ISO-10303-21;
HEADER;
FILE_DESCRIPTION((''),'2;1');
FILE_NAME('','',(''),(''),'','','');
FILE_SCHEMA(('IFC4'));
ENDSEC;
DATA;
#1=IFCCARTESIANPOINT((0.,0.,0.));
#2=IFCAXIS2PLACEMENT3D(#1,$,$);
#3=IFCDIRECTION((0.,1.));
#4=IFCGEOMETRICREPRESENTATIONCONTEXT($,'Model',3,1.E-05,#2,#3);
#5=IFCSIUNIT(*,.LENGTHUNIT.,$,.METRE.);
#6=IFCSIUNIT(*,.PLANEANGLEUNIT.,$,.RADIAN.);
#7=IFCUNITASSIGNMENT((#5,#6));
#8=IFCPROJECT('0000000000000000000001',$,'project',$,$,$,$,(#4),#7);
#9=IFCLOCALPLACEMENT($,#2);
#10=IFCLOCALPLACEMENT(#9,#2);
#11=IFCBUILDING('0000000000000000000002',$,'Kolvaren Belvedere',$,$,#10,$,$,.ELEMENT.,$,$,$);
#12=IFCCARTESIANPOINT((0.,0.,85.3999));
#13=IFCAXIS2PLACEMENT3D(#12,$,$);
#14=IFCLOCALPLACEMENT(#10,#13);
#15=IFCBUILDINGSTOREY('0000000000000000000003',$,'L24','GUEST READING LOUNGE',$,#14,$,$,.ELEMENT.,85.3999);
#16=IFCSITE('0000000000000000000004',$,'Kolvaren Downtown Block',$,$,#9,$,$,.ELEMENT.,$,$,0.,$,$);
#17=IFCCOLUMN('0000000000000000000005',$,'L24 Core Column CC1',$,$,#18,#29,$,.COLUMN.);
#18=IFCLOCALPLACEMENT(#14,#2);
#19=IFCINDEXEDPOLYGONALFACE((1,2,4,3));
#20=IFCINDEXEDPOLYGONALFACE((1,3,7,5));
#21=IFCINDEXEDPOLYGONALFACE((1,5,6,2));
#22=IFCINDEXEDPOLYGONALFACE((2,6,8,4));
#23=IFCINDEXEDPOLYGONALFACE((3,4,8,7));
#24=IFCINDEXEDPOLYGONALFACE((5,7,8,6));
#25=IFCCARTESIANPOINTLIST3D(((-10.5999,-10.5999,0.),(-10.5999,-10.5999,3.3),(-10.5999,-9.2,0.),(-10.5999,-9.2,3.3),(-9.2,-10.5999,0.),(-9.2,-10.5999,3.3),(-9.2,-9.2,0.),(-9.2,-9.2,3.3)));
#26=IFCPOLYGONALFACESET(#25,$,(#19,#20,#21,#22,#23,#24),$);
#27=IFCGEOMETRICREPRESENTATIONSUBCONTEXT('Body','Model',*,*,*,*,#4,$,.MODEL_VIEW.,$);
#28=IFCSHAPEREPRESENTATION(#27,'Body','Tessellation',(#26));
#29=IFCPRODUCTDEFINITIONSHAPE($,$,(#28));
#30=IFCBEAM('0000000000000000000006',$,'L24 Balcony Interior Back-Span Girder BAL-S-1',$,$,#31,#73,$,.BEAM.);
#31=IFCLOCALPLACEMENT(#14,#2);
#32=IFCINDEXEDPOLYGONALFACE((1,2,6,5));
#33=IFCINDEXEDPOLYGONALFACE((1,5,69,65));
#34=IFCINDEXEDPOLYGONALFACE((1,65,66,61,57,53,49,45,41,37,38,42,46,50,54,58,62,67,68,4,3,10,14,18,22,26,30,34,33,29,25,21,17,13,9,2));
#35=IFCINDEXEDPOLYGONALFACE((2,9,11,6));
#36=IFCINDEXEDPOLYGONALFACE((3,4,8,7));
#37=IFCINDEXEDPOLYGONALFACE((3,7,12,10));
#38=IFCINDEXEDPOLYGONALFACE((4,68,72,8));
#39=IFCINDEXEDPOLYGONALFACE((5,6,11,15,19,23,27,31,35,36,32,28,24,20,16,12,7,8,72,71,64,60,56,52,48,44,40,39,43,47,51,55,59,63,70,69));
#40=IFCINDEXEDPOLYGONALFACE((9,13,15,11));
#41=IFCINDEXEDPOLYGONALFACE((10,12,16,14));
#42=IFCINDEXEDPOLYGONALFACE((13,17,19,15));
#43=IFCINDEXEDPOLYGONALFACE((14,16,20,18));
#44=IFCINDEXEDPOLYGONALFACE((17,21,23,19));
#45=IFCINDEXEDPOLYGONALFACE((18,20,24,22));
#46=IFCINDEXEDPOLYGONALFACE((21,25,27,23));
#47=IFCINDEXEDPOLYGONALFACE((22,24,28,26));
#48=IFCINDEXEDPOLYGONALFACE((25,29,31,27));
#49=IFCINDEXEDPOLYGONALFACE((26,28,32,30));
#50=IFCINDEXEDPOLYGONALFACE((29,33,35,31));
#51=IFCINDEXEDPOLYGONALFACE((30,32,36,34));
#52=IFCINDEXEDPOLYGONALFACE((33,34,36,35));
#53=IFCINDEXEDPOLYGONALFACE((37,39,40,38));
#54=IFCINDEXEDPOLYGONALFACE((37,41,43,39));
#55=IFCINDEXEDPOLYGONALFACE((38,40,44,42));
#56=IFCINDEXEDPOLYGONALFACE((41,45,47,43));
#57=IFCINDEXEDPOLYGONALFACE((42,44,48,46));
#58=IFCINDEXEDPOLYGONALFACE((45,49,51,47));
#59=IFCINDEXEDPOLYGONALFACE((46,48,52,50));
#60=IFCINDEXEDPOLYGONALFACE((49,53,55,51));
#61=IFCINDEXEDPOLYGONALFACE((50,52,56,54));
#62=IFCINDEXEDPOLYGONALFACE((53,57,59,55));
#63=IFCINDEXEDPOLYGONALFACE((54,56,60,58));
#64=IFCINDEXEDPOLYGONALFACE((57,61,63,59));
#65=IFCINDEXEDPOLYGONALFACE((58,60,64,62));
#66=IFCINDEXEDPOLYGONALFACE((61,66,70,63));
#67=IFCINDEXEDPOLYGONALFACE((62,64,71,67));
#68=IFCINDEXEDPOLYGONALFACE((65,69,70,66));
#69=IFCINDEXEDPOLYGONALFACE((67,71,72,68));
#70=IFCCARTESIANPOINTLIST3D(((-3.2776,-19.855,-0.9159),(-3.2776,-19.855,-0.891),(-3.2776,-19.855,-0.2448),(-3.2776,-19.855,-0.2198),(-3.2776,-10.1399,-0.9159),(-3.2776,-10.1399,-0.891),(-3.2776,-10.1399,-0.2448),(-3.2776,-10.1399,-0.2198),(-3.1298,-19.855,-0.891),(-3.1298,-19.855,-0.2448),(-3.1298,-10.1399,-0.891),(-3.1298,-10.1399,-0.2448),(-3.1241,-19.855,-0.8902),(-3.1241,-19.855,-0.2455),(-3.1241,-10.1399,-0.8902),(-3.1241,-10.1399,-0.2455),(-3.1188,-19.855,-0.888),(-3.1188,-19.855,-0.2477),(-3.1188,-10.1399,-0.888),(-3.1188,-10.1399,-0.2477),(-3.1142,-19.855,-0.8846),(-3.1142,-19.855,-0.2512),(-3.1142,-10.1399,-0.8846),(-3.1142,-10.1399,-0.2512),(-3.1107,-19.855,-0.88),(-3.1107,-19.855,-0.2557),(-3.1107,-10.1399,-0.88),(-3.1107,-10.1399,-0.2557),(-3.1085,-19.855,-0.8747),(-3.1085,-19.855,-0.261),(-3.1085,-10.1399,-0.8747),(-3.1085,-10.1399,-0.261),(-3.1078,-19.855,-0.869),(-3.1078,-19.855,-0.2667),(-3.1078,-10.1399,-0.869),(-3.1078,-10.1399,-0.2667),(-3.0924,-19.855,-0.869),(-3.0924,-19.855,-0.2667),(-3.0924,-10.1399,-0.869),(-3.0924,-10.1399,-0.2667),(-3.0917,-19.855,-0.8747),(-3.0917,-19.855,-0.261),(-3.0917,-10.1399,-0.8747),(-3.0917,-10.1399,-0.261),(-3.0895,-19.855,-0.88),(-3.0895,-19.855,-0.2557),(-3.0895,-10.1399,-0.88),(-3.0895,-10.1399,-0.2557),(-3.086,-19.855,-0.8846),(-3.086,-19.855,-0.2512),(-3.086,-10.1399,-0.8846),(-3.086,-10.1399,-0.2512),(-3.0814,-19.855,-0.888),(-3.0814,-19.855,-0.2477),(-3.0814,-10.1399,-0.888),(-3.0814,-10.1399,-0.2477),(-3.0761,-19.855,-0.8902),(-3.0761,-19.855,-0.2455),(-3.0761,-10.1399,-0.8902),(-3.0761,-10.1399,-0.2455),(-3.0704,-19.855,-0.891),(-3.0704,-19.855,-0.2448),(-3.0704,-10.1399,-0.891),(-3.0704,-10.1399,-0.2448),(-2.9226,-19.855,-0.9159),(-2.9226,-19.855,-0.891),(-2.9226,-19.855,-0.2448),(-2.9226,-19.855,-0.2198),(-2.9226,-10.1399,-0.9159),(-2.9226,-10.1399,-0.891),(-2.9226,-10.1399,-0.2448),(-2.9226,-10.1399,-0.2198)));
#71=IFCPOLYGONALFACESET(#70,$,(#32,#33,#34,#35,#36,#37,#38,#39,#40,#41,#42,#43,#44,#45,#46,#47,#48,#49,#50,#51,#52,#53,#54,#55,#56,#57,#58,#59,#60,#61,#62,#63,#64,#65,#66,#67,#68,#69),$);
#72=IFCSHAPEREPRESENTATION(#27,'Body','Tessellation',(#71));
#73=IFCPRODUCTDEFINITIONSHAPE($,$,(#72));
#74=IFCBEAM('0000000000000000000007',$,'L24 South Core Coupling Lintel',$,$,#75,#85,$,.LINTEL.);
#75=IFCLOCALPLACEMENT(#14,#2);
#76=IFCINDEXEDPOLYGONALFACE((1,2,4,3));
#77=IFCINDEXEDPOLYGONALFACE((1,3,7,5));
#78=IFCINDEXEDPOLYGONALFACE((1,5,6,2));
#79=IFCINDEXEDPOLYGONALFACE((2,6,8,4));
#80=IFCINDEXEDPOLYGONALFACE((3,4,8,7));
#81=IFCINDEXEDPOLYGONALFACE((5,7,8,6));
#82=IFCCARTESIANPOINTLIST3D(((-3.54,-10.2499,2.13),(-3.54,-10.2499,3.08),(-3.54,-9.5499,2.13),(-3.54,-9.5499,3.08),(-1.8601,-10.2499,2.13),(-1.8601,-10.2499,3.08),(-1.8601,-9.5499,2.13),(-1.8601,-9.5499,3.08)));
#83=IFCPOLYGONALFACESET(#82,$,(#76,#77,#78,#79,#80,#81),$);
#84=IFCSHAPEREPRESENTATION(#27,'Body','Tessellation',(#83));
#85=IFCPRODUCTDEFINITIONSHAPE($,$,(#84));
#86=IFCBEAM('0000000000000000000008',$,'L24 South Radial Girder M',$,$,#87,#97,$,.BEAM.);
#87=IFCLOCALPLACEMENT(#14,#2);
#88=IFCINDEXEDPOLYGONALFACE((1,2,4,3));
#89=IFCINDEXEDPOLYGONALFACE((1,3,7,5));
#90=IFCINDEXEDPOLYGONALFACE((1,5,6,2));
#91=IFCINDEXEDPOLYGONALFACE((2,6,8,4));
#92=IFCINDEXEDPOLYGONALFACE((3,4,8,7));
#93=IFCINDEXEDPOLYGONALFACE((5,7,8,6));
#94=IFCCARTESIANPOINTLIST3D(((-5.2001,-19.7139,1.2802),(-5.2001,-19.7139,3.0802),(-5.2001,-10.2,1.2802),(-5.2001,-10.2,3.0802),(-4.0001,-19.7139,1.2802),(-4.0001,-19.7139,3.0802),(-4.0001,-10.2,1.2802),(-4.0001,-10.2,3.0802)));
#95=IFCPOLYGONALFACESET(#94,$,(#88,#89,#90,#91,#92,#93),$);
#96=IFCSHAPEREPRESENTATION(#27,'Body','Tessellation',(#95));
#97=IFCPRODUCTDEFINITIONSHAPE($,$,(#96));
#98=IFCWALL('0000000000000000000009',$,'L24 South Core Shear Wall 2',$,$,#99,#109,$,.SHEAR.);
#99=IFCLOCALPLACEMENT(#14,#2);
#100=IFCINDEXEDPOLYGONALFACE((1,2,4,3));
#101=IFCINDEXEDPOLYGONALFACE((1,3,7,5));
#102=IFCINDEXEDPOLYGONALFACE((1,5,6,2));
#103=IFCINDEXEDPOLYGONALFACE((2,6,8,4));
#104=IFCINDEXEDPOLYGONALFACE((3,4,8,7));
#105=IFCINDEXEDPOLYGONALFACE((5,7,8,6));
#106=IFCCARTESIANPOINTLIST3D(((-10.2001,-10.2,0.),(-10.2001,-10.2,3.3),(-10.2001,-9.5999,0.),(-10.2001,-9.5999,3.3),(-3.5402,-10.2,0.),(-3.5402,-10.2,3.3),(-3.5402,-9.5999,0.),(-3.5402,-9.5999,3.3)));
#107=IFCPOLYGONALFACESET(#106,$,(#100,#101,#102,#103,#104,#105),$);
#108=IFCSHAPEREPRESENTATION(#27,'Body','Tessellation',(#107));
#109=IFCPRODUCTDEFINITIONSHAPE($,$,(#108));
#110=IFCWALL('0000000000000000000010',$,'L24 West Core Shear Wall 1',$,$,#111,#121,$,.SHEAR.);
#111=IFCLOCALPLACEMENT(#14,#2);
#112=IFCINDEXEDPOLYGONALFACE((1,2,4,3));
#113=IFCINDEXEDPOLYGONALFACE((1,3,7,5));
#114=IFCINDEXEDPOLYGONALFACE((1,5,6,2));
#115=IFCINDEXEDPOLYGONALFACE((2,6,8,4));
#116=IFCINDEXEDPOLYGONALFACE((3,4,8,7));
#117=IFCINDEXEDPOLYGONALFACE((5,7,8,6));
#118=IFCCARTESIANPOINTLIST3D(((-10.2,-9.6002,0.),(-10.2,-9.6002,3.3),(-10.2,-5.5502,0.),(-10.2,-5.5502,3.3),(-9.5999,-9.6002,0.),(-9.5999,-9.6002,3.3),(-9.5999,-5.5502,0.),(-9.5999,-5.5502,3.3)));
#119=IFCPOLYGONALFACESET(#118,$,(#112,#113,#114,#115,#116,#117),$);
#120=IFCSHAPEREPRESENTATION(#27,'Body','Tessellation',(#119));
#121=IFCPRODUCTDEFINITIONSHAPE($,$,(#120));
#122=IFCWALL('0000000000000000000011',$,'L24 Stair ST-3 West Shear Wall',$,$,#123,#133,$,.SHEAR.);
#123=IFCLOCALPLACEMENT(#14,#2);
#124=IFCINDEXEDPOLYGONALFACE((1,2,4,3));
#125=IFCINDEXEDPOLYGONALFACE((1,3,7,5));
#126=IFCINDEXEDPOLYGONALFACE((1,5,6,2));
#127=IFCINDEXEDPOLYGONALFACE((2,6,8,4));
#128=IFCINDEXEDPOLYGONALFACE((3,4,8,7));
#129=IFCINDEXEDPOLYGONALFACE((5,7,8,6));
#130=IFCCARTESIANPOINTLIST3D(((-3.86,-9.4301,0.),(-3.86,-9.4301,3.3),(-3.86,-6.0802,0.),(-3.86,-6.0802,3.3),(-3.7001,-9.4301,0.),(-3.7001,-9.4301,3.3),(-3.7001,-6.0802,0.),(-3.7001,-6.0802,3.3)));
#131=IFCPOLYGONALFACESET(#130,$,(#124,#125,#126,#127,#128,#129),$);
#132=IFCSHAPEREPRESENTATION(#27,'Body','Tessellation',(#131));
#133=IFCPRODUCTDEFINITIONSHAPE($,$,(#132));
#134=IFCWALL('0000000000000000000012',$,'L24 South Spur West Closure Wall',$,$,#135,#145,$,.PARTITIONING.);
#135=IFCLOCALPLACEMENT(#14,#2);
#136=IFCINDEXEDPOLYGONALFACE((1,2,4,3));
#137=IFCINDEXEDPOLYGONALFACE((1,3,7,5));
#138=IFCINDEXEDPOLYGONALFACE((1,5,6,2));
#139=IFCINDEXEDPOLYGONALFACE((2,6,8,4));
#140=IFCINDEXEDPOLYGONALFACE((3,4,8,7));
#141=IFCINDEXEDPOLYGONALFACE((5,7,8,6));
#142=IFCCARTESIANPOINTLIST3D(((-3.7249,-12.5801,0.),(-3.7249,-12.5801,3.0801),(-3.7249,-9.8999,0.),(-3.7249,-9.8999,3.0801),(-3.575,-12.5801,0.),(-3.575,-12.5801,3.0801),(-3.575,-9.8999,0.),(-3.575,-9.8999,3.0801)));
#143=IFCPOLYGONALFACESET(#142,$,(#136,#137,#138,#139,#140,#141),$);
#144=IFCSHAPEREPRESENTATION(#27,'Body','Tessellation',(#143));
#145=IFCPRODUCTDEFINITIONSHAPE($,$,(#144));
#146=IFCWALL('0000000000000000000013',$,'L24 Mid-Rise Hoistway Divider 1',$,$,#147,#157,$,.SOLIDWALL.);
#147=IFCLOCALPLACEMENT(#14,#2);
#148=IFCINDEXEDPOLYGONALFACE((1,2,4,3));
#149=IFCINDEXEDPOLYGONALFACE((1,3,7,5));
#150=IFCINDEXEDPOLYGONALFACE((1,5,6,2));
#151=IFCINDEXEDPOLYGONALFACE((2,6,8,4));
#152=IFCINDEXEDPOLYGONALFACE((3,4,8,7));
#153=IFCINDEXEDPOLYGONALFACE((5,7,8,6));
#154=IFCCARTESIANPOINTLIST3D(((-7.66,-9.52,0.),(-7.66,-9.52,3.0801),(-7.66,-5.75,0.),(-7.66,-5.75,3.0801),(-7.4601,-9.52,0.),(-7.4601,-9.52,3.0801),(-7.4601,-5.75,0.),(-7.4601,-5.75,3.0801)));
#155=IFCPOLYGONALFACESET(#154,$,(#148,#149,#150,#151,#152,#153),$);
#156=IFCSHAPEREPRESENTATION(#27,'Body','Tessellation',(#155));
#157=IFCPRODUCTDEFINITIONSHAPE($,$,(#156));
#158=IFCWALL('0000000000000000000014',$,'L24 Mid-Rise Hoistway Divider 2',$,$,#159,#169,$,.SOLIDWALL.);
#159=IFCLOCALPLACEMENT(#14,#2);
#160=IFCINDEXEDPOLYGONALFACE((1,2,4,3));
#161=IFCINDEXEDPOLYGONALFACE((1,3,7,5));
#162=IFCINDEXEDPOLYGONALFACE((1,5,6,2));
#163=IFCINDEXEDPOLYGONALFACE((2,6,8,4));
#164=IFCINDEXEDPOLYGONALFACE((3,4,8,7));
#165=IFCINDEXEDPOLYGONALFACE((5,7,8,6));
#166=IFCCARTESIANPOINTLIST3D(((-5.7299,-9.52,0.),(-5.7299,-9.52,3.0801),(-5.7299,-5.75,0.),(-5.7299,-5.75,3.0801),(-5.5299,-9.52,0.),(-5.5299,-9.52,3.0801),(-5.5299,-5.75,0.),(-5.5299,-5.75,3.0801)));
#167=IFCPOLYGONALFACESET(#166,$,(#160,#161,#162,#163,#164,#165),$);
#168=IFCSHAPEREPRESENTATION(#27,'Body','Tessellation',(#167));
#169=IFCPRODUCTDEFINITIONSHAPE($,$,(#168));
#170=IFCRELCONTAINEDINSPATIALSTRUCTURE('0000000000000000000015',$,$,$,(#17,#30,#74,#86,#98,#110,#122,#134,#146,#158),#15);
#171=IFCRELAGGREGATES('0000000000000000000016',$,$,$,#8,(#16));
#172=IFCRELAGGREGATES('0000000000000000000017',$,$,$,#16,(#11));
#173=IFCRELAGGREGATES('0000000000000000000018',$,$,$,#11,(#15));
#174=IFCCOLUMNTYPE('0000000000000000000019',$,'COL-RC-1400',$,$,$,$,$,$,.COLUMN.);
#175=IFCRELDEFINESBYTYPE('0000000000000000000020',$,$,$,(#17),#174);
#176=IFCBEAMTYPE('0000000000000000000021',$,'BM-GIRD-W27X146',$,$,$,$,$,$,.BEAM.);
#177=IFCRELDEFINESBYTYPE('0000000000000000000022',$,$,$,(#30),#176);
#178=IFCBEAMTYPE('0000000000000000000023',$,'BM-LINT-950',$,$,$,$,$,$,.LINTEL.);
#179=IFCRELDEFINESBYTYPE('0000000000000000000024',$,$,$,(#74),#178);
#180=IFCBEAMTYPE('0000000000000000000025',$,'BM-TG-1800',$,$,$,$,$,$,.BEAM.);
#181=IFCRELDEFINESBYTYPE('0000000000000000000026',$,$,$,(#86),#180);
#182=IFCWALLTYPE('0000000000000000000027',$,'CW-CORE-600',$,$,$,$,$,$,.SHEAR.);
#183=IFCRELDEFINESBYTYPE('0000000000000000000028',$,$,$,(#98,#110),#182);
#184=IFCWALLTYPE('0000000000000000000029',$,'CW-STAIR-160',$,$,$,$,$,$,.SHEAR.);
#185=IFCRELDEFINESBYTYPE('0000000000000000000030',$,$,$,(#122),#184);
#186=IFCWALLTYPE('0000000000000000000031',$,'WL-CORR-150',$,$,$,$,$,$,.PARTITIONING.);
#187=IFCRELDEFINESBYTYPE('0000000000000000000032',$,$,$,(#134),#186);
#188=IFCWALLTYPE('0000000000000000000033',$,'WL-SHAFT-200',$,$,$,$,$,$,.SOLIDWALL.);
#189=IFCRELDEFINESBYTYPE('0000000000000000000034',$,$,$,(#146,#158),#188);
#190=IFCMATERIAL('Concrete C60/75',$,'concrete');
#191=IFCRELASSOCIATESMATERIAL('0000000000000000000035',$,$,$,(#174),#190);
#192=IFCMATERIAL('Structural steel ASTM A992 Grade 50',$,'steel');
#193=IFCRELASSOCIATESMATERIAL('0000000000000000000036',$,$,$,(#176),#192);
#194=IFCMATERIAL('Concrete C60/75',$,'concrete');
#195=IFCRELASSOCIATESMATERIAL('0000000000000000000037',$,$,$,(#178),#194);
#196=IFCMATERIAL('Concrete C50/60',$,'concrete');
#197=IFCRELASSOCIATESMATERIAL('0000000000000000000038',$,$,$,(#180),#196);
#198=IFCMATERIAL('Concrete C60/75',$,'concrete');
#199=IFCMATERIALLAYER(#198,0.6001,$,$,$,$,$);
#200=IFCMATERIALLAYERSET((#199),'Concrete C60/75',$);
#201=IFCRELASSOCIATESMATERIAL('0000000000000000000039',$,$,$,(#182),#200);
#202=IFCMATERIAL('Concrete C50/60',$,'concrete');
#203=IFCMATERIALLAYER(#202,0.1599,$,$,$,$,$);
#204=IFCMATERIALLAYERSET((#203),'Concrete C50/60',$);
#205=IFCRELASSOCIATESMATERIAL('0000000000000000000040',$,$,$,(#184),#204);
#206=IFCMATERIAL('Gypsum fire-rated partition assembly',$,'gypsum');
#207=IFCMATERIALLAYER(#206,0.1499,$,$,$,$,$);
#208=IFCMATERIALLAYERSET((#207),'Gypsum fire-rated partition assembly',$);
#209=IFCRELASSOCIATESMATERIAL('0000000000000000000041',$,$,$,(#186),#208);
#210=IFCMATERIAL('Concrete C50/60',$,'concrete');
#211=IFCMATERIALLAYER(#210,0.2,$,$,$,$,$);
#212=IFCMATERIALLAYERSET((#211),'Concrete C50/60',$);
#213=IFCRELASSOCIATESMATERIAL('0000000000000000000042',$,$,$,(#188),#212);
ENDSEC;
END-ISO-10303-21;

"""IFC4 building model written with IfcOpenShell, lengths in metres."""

from ifc_helpers import new_model, si_unit, direction, frame, frame_2d, origin, origin_2d, place, context, subcontext, project, spatial, rectangle, i_section, extrude, material, layer, layer_set, material_profile, profile_set, type_object, element, save


model = new_model("IFC4")

# Units and contexts
model_context = context("Model", 3, precision=1e-05, world=origin(), true_north=direction((0.0, 1.0)))
body_context = subcontext(model_context, "Body", "Model", "MODEL_VIEW")
ifc_project = project(units=[si_unit("LENGTHUNIT", "METRE"), si_unit("PLANEANGLEUNIT", "RADIAN")], contexts=[model_context])

# Site, building, storey
site_placement = place(None, origin())
site = spatial("IfcSite", under=ifc_project, at=site_placement, Name="Kolvaren Downtown Block", CompositionType="ELEMENT", RefElevation=0.0)
building_placement = place(site_placement, origin())
building = spatial("IfcBuilding", under=site, at=building_placement, Name="Kolvaren Belvedere", CompositionType="ELEMENT")
storey_placement = place(building_placement, frame((0.0, 0.0, 85.3999)))
storey = spatial("IfcBuildingStorey", under=building, at=storey_placement, Name="L24", Description="GUEST READING LOUNGE", CompositionType="ELEMENT", Elevation=85.3999)

# Column
ifc_material_1 = material(Name="Concrete C60/75", Category="concrete")
ifc_material_profile_1 = material_profile(ifc_material_1, rectangle(XDim=1.3999, YDim=1.3999, at=origin_2d()), Name="RC 1400X1400")
ifc_profile_set_1 = profile_set([ifc_material_profile_1], Name="Concrete C60/75")
column_type = type_object("IfcColumnType", Name="COL-RC-1400", PredefinedType="COLUMN", material=ifc_profile_set_1)
column_placement = place(storey_placement, frame((-9.8999, -9.8999, 0.0), z_axis=(0.0, 0.0, 1.0), x_axis=(1.0, 0.0, 0.0)))
element("IfcColumn", 1, at=column_placement, inside=storey, type_object=column_type, Name="L24 Core Column CC1", PredefinedType="COLUMN", context=body_context, shape_type="SweptSolid", body=[
    extrude(rectangle(XDim=1.3999, YDim=1.3999, at=origin_2d()), origin(), (0.0, 0.0, 1.0), 3.3),
])

# Beams
ifc_material_2 = material(Name="Structural steel ASTM A992 Grade 50", Category="steel")
ifc_material_profile_2 = material_profile(ifc_material_2, i_section(OverallWidth=0.355, OverallDepth=0.696, WebThickness=0.0154, FlangeThickness=0.0249, FilletRadius=0.022, at=origin_2d()), Name="W27X146")
ifc_profile_set_2 = profile_set([ifc_material_profile_2], Name="Structural steel ASTM A992 Grade 50")
beam_type_1 = type_object("IfcBeamType", Name="BM-GIRD-W27X146", PredefinedType="BEAM", material=ifc_profile_set_2)
beam_1_placement = place(storey_placement, frame((-3.1001, -10.1399, -0.5679), z_axis=(0.0, -1.0, 0.0), x_axis=(1.0, 0.0, 0.0)))
element("IfcBeam", 2, at=beam_1_placement, inside=storey, type_object=beam_type_1, Name="L24 Balcony Interior Back-Span Girder BAL-S-1", PredefinedType="BEAM", context=body_context, shape_type="SweptSolid", body=[
    extrude(i_section(OverallWidth=0.355, OverallDepth=0.696, WebThickness=0.0154, FlangeThickness=0.0249, FilletRadius=0.022, at=origin_2d()), origin(), (0.0, 0.0, 1.0), 9.7151),
])
ifc_material_3 = material(Name="Concrete C60/75", Category="concrete")
ifc_material_profile_3 = material_profile(ifc_material_3, rectangle(XDim=0.7, YDim=0.95, at=origin_2d()), Name="RC 700X950")
ifc_profile_set_3 = profile_set([ifc_material_profile_3], Name="Concrete C60/75")
beam_type_2 = type_object("IfcBeamType", Name="BM-LINT-950", PredefinedType="LINTEL", material=ifc_profile_set_3)
beam_2_placement = place(storey_placement, frame((-3.54, -9.8999, 2.605), z_axis=(1.0, 0.0, 0.0), x_axis=(0.0, 1.0, 0.0)))
element("IfcBeam", 3, at=beam_2_placement, inside=storey, type_object=beam_type_2, Name="L24 South Core Coupling Lintel", PredefinedType="LINTEL", context=body_context, shape_type="SweptSolid", body=[
    extrude(rectangle(XDim=0.7, YDim=0.95, at=origin_2d()), origin(), (0.0, 0.0, 1.0), 1.6799),
])
ifc_material_4 = material(Name="Concrete C50/60", Category="concrete")
ifc_material_profile_4 = material_profile(ifc_material_4, rectangle(XDim=1.2, YDim=1.8, at=origin_2d()), Name="RC 1200X1800")
ifc_profile_set_4 = profile_set([ifc_material_profile_4], Name="Concrete C50/60")
beam_type_3 = type_object("IfcBeamType", Name="BM-TG-1800", PredefinedType="BEAM", material=ifc_profile_set_4)
beam_3_placement = place(storey_placement, frame((-4.6001, -10.2, 2.1802), z_axis=(0.0, -1.0, 0.0), x_axis=(1.0, 0.0, 0.0)))
element("IfcBeam", 4, at=beam_3_placement, inside=storey, type_object=beam_type_3, Name="L24 South Radial Girder M", PredefinedType="BEAM", context=body_context, shape_type="SweptSolid", body=[
    extrude(rectangle(XDim=1.2, YDim=1.8, at=origin_2d()), origin(), (0.0, 0.0, 1.0), 9.5139),
])

# Walls
ifc_material_5 = material(Name="Concrete C60/75", Category="concrete")
ifc_layer_1 = layer(ifc_material_5, 0.6001)
ifc_layer_set_1 = layer_set([ifc_layer_1], Name="Concrete C60/75")
wall_type_1 = type_object("IfcWallType", Name="CW-CORE-600", PredefinedType="SHEAR", material=ifc_layer_set_1)
wall_1_placement = place(storey_placement, frame((-3.54, -9.8999, 0.0), z_axis=(0.0, 0.0, 1.0), x_axis=(-1.0, 0.0, 0.0)))
element("IfcWall", 5, at=wall_1_placement, inside=storey, type_object=wall_type_1, Name="L24 South Core Shear Wall 2", PredefinedType="SHEAR", context=body_context, shape_type="SweptSolid", body=[
    extrude(rectangle(XDim=6.6599, YDim=0.6001, at=frame_2d((3.3301, 0.0))), origin(), (0.0, 0.0, 1.0), 3.3),
])
wall_2_placement = place(storey_placement, frame((-9.8999, -9.6001, 0.0), z_axis=(0.0, 0.0, 1.0), x_axis=(0.0, 1.0, 0.0)))
element("IfcWall", 6, at=wall_2_placement, inside=storey, type_object=wall_type_1, Name="L24 West Core Shear Wall 1", PredefinedType="SHEAR", context=body_context, shape_type="SweptSolid", body=[
    extrude(rectangle(XDim=4.05, YDim=0.6001, at=frame_2d((2.0249, 0.0))), origin(), (0.0, 0.0, 1.0), 3.3),
])
ifc_material_6 = material(Name="Concrete C50/60", Category="concrete")
ifc_layer_2 = layer(ifc_material_6, 0.1599)
ifc_layer_set_2 = layer_set([ifc_layer_2], Name="Concrete C50/60")
wall_type_2 = type_object("IfcWallType", Name="CW-STAIR-160", PredefinedType="SHEAR", material=ifc_layer_set_2)
wall_3_placement = place(storey_placement, frame((-3.78, -9.4299, 0.0), z_axis=(0.0, 0.0, 1.0), x_axis=(0.0, 1.0, 0.0)))
element("IfcWall", 7, at=wall_3_placement, inside=storey, type_object=wall_type_2, Name="L24 Stair ST-3 West Shear Wall", PredefinedType="SHEAR", context=body_context, shape_type="SweptSolid", body=[
    extrude(rectangle(XDim=3.3499, YDim=0.1599, at=frame_2d((1.6748, 0.0))), origin(), (0.0, 0.0, 1.0), 3.3),
])
ifc_material_7 = material(Name="Gypsum fire-rated partition assembly", Category="gypsum")
ifc_layer_3 = layer(ifc_material_7, 0.1499)
ifc_layer_set_3 = layer_set([ifc_layer_3], Name="Gypsum fire-rated partition assembly")
wall_type_3 = type_object("IfcWallType", Name="WL-CORR-150", PredefinedType="PARTITIONING", material=ifc_layer_set_3)
wall_4_placement = place(storey_placement, frame((-3.6499, -12.5801, 0.0), z_axis=(0.0, 0.0, 1.0), x_axis=(0.0, 1.0, 0.0)))
element("IfcWall", 8, at=wall_4_placement, inside=storey, type_object=wall_type_3, Name="L24 South Spur West Closure Wall", PredefinedType="PARTITIONING", context=body_context, shape_type="SweptSolid", body=[
    extrude(rectangle(XDim=2.6802, YDim=0.1499, at=frame_2d((1.3401, 0.0))), origin(), (0.0, 0.0, 1.0), 3.0801),
])
ifc_material_8 = material(Name="Concrete C50/60", Category="concrete")
ifc_layer_4 = layer(ifc_material_8, 0.2)
ifc_layer_set_4 = layer_set([ifc_layer_4], Name="Concrete C50/60")
wall_type_4 = type_object("IfcWallType", Name="WL-SHAFT-200", PredefinedType="SOLIDWALL", material=ifc_layer_set_4)
for number, where, z_axis, x_axis, name in (
    (9, (-7.5601, -9.52, 0.0), (0.0, 0.0, 1.0), (0.0, 1.0, 0.0), "L24 Mid-Rise Hoistway Divider 1"),
    (10, (-5.6299, -9.52, 0.0), (0.0, 0.0, 1.0), (0.0, 1.0, 0.0), "L24 Mid-Rise Hoistway Divider 2"),
):
    element("IfcWall", number, at=place(storey_placement, frame(where, z_axis=z_axis, x_axis=x_axis)), inside=storey, type_object=wall_type_4, Name=name, PredefinedType="SOLIDWALL", context=body_context, shape_type="SweptSolid", body=[
        extrude(rectangle(XDim=3.77, YDim=0.2, at=frame_2d((1.885, 0.0))), origin(), (0.0, 0.0, 1.0), 3.0801),
    ])

save(model, "model.ifc")
